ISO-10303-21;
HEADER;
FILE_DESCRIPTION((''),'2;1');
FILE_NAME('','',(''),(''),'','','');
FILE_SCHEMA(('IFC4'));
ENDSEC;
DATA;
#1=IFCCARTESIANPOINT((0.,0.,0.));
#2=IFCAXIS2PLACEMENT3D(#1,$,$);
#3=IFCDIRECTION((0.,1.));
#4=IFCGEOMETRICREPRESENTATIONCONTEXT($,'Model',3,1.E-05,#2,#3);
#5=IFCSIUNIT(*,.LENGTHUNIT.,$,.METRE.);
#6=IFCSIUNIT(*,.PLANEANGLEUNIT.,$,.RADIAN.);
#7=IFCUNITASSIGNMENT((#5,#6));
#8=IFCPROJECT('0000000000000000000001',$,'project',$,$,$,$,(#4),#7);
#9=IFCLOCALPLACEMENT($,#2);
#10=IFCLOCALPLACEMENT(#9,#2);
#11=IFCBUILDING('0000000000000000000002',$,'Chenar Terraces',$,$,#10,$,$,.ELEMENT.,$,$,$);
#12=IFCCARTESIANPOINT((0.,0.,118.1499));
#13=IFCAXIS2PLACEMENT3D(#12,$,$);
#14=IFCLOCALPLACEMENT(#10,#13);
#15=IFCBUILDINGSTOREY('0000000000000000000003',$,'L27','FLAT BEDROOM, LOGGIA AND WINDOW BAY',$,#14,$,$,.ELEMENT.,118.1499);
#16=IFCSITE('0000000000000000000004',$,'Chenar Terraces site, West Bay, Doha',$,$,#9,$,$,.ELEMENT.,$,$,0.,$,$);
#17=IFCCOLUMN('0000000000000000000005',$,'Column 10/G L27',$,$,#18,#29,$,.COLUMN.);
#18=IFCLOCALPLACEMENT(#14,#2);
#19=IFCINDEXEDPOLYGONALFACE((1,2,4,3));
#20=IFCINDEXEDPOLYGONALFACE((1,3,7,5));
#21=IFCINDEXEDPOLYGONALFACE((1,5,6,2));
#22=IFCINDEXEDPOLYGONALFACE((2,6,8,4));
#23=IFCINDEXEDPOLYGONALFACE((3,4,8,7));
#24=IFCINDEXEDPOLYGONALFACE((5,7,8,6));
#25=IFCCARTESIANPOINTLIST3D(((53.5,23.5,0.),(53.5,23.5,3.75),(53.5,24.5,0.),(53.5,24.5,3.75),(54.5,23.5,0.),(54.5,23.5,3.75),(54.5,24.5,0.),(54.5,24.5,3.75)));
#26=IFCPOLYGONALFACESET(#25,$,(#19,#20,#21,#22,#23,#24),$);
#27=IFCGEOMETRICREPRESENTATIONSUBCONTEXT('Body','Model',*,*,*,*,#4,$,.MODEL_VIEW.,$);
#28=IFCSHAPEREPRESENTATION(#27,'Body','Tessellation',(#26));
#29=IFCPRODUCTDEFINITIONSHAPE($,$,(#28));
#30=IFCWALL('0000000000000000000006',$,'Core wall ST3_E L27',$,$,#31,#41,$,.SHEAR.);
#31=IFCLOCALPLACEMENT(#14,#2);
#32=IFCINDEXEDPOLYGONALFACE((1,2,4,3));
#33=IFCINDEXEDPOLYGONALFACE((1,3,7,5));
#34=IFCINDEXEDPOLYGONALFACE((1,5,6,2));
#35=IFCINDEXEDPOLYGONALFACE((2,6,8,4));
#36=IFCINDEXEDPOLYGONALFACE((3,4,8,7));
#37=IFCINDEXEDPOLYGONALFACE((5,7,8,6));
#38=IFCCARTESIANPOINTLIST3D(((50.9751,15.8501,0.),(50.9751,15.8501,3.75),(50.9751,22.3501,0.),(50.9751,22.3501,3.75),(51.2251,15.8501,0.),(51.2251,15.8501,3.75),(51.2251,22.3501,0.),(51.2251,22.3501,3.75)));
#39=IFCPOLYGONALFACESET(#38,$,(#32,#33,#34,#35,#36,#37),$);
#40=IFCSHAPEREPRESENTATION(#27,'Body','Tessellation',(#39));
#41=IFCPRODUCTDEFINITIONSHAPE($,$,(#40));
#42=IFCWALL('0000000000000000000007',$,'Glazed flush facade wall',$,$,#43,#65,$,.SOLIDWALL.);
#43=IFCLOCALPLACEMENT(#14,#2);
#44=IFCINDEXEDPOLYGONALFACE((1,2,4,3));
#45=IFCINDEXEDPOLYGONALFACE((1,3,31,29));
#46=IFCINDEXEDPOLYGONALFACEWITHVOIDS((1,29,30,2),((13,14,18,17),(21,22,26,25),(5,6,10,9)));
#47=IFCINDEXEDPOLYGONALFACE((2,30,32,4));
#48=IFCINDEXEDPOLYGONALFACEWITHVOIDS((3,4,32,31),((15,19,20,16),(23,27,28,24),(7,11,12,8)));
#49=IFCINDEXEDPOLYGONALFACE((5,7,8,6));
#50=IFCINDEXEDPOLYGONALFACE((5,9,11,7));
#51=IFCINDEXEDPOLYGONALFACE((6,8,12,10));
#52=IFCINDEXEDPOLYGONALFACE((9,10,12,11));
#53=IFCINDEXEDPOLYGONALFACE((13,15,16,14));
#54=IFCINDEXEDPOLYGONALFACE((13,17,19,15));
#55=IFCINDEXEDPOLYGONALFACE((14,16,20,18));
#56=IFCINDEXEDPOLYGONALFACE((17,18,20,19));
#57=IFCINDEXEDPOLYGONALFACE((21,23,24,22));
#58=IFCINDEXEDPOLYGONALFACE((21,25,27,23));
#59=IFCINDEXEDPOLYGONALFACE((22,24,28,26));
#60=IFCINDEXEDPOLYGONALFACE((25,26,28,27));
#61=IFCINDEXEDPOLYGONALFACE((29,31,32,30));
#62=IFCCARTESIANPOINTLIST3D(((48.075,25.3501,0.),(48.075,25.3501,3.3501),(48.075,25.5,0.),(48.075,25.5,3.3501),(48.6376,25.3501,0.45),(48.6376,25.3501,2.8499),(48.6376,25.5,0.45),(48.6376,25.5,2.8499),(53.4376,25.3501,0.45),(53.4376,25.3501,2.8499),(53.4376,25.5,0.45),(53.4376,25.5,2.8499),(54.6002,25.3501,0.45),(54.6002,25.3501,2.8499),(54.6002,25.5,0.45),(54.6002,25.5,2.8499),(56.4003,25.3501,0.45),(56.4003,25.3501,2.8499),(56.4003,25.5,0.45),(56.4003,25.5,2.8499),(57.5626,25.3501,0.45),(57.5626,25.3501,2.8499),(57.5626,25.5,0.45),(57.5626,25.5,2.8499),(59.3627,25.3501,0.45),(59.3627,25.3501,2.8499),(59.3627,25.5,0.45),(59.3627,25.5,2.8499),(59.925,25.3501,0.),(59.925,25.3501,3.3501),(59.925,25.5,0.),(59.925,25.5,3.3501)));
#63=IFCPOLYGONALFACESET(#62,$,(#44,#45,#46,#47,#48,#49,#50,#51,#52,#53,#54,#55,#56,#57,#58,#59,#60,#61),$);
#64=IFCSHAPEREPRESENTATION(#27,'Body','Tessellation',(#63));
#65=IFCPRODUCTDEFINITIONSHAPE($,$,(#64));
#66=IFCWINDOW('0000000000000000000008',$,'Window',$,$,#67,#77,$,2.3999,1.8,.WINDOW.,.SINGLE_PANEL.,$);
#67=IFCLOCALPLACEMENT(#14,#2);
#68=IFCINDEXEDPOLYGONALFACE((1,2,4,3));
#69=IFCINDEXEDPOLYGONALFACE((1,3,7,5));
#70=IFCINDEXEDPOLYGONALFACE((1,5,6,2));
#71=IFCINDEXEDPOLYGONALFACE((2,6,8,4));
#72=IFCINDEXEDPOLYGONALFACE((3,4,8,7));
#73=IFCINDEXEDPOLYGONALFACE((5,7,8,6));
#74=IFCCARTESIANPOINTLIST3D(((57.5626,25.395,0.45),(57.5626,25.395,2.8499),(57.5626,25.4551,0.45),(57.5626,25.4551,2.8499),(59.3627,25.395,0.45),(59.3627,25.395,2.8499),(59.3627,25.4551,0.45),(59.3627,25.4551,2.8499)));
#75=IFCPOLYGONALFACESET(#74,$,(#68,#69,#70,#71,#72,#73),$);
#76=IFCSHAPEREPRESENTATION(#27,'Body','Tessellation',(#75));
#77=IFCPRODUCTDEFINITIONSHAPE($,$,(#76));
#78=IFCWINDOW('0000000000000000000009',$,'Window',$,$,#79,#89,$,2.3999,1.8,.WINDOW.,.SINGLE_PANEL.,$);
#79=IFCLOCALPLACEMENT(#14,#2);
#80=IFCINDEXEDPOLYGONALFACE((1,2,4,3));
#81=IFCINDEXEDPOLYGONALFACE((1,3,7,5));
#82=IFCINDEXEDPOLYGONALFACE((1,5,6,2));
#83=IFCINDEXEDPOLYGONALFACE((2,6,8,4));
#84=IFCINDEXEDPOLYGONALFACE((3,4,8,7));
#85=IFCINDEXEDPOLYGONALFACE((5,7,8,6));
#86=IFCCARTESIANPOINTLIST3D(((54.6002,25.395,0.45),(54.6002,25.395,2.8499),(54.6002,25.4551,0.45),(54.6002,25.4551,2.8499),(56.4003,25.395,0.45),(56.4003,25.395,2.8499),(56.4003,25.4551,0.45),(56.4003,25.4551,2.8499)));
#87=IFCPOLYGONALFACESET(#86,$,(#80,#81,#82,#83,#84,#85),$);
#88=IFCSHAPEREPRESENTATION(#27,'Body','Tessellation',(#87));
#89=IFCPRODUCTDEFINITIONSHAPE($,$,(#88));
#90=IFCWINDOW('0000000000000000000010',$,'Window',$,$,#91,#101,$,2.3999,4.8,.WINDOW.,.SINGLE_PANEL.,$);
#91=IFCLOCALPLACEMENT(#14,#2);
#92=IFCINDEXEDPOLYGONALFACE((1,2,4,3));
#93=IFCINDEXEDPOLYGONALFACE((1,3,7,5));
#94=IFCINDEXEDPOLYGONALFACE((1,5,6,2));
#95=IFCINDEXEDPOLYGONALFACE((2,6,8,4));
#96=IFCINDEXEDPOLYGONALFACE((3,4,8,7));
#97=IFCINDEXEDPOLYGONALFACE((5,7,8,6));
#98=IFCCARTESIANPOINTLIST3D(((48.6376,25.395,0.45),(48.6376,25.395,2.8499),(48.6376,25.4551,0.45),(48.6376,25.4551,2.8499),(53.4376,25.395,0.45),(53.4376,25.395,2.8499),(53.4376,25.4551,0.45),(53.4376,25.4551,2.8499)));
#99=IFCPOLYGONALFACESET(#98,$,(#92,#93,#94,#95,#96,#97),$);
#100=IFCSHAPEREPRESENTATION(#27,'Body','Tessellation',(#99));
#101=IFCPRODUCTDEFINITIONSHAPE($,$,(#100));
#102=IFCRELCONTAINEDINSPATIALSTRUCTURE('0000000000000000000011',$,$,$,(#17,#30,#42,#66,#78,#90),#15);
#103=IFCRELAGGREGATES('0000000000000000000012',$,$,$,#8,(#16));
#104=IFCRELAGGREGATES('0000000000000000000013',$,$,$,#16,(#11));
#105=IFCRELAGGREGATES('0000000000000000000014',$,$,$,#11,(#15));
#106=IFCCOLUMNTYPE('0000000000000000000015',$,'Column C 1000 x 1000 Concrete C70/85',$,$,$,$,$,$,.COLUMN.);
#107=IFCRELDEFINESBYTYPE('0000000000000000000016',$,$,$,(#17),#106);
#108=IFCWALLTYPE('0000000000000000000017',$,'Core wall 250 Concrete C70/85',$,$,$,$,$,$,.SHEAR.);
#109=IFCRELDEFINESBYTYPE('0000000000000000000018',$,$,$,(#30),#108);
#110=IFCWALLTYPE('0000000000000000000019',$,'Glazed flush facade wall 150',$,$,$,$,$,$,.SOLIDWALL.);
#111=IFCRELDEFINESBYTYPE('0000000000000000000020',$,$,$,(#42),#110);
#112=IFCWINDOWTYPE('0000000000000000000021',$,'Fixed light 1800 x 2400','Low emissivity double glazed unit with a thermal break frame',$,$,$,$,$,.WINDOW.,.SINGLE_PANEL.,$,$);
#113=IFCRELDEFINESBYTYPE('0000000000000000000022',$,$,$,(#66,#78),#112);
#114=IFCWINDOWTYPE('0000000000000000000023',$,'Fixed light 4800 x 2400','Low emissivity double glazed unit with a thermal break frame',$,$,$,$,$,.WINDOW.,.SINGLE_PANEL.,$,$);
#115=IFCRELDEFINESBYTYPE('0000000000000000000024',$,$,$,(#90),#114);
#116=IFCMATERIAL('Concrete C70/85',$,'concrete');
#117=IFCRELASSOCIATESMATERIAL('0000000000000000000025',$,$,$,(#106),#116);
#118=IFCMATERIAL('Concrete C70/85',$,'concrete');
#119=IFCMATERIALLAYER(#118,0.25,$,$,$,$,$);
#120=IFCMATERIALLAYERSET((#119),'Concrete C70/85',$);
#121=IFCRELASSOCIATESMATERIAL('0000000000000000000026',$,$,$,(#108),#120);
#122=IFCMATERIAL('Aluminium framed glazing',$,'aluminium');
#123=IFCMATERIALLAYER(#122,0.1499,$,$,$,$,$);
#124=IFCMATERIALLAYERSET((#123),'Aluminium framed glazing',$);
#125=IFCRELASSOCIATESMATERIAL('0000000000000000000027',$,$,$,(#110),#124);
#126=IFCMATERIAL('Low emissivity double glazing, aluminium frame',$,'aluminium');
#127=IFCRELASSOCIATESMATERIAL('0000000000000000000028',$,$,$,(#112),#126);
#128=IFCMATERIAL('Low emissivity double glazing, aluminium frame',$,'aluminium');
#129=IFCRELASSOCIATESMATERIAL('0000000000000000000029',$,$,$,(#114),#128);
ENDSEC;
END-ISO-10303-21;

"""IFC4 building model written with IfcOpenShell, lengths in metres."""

from ifc_helpers import new_model, si_unit, direction, frame, frame_2d, origin, origin_2d, place, context, subcontext, project, spatial, rectangle, extrude, material, layer, layer_set, material_profile, profile_set, type_object, element, fill, save


model = new_model("IFC4")

# Units and contexts
model_context = context("Model", 3, precision=1e-05, world=origin(), true_north=direction((0.0, 1.0)))
body_context = subcontext(model_context, "Body", "Model", "MODEL_VIEW")
ifc_project = project(units=[si_unit("LENGTHUNIT", "METRE"), si_unit("PLANEANGLEUNIT", "RADIAN")], contexts=[model_context])

# Site, building, storey
site_placement = place(None, origin())
site = spatial("IfcSite", under=ifc_project, at=site_placement, Name="Chenar Terraces site, West Bay, Doha", CompositionType="ELEMENT", RefElevation=0.0)
building_placement = place(site_placement, origin())
building = spatial("IfcBuilding", under=site, at=building_placement, Name="Chenar Terraces", CompositionType="ELEMENT")
storey_placement = place(building_placement, frame((0.0, 0.0, 118.1499)))
storey = spatial("IfcBuildingStorey", under=building, at=storey_placement, Name="L27", Description="FLAT BEDROOM, LOGGIA AND WINDOW BAY", CompositionType="ELEMENT", Elevation=118.1499)

# Column
ifc_material_1 = material(Name="Concrete C70/85", Category="concrete")
ifc_material_profile = material_profile(ifc_material_1, rectangle(XDim=1.0, YDim=1.0, at=origin_2d()), Name="C 1000 x 1000")
ifc_profile_set = profile_set([ifc_material_profile], Name="Concrete C70/85")
column_type = type_object("IfcColumnType", Name="Column C 1000 x 1000 Concrete C70/85", PredefinedType="COLUMN", material=ifc_profile_set)
column_placement = place(storey_placement, frame((54.0, 24.0, 0.0), z_axis=(0.0, 0.0, 1.0), x_axis=(1.0, 0.0, 0.0)))
element("IfcColumn", 1, at=column_placement, inside=storey, type_object=column_type, Name="Column 10/G L27", PredefinedType="COLUMN", context=body_context, shape_type="SweptSolid", body=[
    extrude(rectangle(XDim=1.0, YDim=1.0, at=origin_2d()), origin(), (0.0, 0.0, 1.0), 3.75),
])

# Wall
ifc_material_2 = material(Name="Concrete C70/85", Category="concrete")
ifc_layer_1 = layer(ifc_material_2, 0.25)
ifc_layer_set_1 = layer_set([ifc_layer_1], Name="Concrete C70/85")
wall_type_1 = type_object("IfcWallType", Name="Core wall 250 Concrete C70/85", PredefinedType="SHEAR", material=ifc_layer_set_1)
wall_1_placement = place(storey_placement, frame((51.1001, 15.8501, 0.0), z_axis=(0.0, 0.0, 1.0), x_axis=(0.0, 1.0, 0.0)))
element("IfcWall", 2, at=wall_1_placement, inside=storey, type_object=wall_type_1, Name="Core wall ST3_E L27", PredefinedType="SHEAR", context=body_context, shape_type="SweptSolid", body=[
    extrude(rectangle(XDim=6.5, YDim=0.25, at=frame_2d((3.25, 0.0))), origin(), (0.0, 0.0, 1.0), 3.75),
])

# Wall, openings, windows
ifc_material_3 = material(Name="Aluminium framed glazing", Category="aluminium")
ifc_layer_2 = layer(ifc_material_3, 0.1499)
ifc_layer_set_2 = layer_set([ifc_layer_2], Name="Aluminium framed glazing")
wall_type_2 = type_object("IfcWallType", Name="Glazed flush facade wall 150", PredefinedType="SOLIDWALL", material=ifc_layer_set_2)
wall_2_placement = place(storey_placement, frame((59.925, 25.425, 0.0), z_axis=(0.0, 0.0, 1.0), x_axis=(-1.0, 0.0, 0.0)))
wall_2 = element("IfcWall", 3, at=wall_2_placement, inside=storey, type_object=wall_type_2, Name="Glazed flush facade wall", PredefinedType="SOLIDWALL", context=body_context, shape_type="SweptSolid", body=[
    extrude(rectangle(XDim=11.8501, YDim=0.1499, at=frame_2d((5.925, 0.0))), origin(), (0.0, 0.0, 1.0), 3.3501),
])
opening_1_placement = place(wall_2_placement, frame((0.5625, 0.0, 0.45)))
opening_1 = element("IfcOpeningElement", 4, at=opening_1_placement, cuts=wall_2, PredefinedType="OPENING", context=body_context, shape_type="SweptSolid", body=[
    extrude(rectangle(XDim=1.8, YDim=2.3999, at=frame_2d((0.8999, 1.2))), frame((0.0, 0.085, 0.0), z_axis=(0.0, -1.0, 0.0), x_axis=(1.0, 0.0, 0.0)), (0.0, 0.0, 1.0), 0.1699),
])
opening_2_placement = place(wall_2_placement, frame((3.5249, 0.0, 0.45)))
opening_2 = element("IfcOpeningElement", 5, at=opening_2_placement, cuts=wall_2, PredefinedType="OPENING", context=body_context, shape_type="SweptSolid", body=[
    extrude(rectangle(XDim=1.8, YDim=2.3999, at=frame_2d((0.8999, 1.2))), frame((0.0, 0.085, 0.0), z_axis=(0.0, -1.0, 0.0), x_axis=(1.0, 0.0, 0.0)), (0.0, 0.0, 1.0), 0.1699),
])
opening_3_placement = place(wall_2_placement, frame((6.4875, 0.0, 0.45)))
opening_3 = element("IfcOpeningElement", 6, at=opening_3_placement, cuts=wall_2, PredefinedType="OPENING", context=body_context, shape_type="SweptSolid", body=[
    extrude(rectangle(XDim=4.8, YDim=2.3999, at=frame_2d((2.3999, 1.2))), frame((0.0, 0.085, 0.0), z_axis=(0.0, -1.0, 0.0), x_axis=(1.0, 0.0, 0.0)), (0.0, 0.0, 1.0), 0.1699),
])
ifc_material_4 = material(Name="Low emissivity double glazing, aluminium frame", Category="aluminium")
window_type_1 = type_object("IfcWindowType", Name="Fixed light 1800 x 2400", Description="Low emissivity double glazed unit with a thermal break frame", PartitioningType="SINGLE_PANEL", PredefinedType="WINDOW", material=ifc_material_4)
window_1_placement = place(opening_1_placement, origin())
window_1 = element("IfcWindow", 7, at=window_1_placement, inside=storey, type_object=window_type_1, Name="Window", OverallHeight=2.3999, OverallWidth=1.8, PartitioningType="SINGLE_PANEL", PredefinedType="WINDOW", context=body_context, shape_type="SweptSolid", body=[
    extrude(rectangle(XDim=1.8, YDim=2.3999, at=frame_2d((0.8999, 1.2))), frame((0.0, 0.03, 0.0), z_axis=(0.0, -1.0, 0.0), x_axis=(1.0, 0.0, 0.0)), (0.0, 0.0, 1.0), 0.0601),
])
fill(opening_1, window_1)
window_2_placement = place(opening_2_placement, origin())
window_2 = element("IfcWindow", 8, at=window_2_placement, inside=storey, type_object=window_type_1, Name="Window", OverallHeight=2.3999, OverallWidth=1.8, PartitioningType="SINGLE_PANEL", PredefinedType="WINDOW", context=body_context, shape_type="SweptSolid", body=[
    extrude(rectangle(XDim=1.8, YDim=2.3999, at=frame_2d((0.8999, 1.2))), frame((0.0, 0.03, 0.0), z_axis=(0.0, -1.0, 0.0), x_axis=(1.0, 0.0, 0.0)), (0.0, 0.0, 1.0), 0.0601),
])
fill(opening_2, window_2)
ifc_material_5 = material(Name="Low emissivity double glazing, aluminium frame", Category="aluminium")
window_type_2 = type_object("IfcWindowType", Name="Fixed light 4800 x 2400", Description="Low emissivity double glazed unit with a thermal break frame", PartitioningType="SINGLE_PANEL", PredefinedType="WINDOW", material=ifc_material_5)
window_3_placement = place(opening_3_placement, origin())
window_3 = element("IfcWindow", 9, at=window_3_placement, inside=storey, type_object=window_type_2, Name="Window", OverallHeight=2.3999, OverallWidth=4.8, PartitioningType="SINGLE_PANEL", PredefinedType="WINDOW", context=body_context, shape_type="SweptSolid", body=[
    extrude(rectangle(XDim=4.8, YDim=2.3999, at=frame_2d((2.3999, 1.2))), frame((0.0, 0.03, 0.0), z_axis=(0.0, -1.0, 0.0), x_axis=(1.0, 0.0, 0.0)), (0.0, 0.0, 1.0), 0.0601),
])
fill(opening_3, window_3)

save(model, "model.ifc")
